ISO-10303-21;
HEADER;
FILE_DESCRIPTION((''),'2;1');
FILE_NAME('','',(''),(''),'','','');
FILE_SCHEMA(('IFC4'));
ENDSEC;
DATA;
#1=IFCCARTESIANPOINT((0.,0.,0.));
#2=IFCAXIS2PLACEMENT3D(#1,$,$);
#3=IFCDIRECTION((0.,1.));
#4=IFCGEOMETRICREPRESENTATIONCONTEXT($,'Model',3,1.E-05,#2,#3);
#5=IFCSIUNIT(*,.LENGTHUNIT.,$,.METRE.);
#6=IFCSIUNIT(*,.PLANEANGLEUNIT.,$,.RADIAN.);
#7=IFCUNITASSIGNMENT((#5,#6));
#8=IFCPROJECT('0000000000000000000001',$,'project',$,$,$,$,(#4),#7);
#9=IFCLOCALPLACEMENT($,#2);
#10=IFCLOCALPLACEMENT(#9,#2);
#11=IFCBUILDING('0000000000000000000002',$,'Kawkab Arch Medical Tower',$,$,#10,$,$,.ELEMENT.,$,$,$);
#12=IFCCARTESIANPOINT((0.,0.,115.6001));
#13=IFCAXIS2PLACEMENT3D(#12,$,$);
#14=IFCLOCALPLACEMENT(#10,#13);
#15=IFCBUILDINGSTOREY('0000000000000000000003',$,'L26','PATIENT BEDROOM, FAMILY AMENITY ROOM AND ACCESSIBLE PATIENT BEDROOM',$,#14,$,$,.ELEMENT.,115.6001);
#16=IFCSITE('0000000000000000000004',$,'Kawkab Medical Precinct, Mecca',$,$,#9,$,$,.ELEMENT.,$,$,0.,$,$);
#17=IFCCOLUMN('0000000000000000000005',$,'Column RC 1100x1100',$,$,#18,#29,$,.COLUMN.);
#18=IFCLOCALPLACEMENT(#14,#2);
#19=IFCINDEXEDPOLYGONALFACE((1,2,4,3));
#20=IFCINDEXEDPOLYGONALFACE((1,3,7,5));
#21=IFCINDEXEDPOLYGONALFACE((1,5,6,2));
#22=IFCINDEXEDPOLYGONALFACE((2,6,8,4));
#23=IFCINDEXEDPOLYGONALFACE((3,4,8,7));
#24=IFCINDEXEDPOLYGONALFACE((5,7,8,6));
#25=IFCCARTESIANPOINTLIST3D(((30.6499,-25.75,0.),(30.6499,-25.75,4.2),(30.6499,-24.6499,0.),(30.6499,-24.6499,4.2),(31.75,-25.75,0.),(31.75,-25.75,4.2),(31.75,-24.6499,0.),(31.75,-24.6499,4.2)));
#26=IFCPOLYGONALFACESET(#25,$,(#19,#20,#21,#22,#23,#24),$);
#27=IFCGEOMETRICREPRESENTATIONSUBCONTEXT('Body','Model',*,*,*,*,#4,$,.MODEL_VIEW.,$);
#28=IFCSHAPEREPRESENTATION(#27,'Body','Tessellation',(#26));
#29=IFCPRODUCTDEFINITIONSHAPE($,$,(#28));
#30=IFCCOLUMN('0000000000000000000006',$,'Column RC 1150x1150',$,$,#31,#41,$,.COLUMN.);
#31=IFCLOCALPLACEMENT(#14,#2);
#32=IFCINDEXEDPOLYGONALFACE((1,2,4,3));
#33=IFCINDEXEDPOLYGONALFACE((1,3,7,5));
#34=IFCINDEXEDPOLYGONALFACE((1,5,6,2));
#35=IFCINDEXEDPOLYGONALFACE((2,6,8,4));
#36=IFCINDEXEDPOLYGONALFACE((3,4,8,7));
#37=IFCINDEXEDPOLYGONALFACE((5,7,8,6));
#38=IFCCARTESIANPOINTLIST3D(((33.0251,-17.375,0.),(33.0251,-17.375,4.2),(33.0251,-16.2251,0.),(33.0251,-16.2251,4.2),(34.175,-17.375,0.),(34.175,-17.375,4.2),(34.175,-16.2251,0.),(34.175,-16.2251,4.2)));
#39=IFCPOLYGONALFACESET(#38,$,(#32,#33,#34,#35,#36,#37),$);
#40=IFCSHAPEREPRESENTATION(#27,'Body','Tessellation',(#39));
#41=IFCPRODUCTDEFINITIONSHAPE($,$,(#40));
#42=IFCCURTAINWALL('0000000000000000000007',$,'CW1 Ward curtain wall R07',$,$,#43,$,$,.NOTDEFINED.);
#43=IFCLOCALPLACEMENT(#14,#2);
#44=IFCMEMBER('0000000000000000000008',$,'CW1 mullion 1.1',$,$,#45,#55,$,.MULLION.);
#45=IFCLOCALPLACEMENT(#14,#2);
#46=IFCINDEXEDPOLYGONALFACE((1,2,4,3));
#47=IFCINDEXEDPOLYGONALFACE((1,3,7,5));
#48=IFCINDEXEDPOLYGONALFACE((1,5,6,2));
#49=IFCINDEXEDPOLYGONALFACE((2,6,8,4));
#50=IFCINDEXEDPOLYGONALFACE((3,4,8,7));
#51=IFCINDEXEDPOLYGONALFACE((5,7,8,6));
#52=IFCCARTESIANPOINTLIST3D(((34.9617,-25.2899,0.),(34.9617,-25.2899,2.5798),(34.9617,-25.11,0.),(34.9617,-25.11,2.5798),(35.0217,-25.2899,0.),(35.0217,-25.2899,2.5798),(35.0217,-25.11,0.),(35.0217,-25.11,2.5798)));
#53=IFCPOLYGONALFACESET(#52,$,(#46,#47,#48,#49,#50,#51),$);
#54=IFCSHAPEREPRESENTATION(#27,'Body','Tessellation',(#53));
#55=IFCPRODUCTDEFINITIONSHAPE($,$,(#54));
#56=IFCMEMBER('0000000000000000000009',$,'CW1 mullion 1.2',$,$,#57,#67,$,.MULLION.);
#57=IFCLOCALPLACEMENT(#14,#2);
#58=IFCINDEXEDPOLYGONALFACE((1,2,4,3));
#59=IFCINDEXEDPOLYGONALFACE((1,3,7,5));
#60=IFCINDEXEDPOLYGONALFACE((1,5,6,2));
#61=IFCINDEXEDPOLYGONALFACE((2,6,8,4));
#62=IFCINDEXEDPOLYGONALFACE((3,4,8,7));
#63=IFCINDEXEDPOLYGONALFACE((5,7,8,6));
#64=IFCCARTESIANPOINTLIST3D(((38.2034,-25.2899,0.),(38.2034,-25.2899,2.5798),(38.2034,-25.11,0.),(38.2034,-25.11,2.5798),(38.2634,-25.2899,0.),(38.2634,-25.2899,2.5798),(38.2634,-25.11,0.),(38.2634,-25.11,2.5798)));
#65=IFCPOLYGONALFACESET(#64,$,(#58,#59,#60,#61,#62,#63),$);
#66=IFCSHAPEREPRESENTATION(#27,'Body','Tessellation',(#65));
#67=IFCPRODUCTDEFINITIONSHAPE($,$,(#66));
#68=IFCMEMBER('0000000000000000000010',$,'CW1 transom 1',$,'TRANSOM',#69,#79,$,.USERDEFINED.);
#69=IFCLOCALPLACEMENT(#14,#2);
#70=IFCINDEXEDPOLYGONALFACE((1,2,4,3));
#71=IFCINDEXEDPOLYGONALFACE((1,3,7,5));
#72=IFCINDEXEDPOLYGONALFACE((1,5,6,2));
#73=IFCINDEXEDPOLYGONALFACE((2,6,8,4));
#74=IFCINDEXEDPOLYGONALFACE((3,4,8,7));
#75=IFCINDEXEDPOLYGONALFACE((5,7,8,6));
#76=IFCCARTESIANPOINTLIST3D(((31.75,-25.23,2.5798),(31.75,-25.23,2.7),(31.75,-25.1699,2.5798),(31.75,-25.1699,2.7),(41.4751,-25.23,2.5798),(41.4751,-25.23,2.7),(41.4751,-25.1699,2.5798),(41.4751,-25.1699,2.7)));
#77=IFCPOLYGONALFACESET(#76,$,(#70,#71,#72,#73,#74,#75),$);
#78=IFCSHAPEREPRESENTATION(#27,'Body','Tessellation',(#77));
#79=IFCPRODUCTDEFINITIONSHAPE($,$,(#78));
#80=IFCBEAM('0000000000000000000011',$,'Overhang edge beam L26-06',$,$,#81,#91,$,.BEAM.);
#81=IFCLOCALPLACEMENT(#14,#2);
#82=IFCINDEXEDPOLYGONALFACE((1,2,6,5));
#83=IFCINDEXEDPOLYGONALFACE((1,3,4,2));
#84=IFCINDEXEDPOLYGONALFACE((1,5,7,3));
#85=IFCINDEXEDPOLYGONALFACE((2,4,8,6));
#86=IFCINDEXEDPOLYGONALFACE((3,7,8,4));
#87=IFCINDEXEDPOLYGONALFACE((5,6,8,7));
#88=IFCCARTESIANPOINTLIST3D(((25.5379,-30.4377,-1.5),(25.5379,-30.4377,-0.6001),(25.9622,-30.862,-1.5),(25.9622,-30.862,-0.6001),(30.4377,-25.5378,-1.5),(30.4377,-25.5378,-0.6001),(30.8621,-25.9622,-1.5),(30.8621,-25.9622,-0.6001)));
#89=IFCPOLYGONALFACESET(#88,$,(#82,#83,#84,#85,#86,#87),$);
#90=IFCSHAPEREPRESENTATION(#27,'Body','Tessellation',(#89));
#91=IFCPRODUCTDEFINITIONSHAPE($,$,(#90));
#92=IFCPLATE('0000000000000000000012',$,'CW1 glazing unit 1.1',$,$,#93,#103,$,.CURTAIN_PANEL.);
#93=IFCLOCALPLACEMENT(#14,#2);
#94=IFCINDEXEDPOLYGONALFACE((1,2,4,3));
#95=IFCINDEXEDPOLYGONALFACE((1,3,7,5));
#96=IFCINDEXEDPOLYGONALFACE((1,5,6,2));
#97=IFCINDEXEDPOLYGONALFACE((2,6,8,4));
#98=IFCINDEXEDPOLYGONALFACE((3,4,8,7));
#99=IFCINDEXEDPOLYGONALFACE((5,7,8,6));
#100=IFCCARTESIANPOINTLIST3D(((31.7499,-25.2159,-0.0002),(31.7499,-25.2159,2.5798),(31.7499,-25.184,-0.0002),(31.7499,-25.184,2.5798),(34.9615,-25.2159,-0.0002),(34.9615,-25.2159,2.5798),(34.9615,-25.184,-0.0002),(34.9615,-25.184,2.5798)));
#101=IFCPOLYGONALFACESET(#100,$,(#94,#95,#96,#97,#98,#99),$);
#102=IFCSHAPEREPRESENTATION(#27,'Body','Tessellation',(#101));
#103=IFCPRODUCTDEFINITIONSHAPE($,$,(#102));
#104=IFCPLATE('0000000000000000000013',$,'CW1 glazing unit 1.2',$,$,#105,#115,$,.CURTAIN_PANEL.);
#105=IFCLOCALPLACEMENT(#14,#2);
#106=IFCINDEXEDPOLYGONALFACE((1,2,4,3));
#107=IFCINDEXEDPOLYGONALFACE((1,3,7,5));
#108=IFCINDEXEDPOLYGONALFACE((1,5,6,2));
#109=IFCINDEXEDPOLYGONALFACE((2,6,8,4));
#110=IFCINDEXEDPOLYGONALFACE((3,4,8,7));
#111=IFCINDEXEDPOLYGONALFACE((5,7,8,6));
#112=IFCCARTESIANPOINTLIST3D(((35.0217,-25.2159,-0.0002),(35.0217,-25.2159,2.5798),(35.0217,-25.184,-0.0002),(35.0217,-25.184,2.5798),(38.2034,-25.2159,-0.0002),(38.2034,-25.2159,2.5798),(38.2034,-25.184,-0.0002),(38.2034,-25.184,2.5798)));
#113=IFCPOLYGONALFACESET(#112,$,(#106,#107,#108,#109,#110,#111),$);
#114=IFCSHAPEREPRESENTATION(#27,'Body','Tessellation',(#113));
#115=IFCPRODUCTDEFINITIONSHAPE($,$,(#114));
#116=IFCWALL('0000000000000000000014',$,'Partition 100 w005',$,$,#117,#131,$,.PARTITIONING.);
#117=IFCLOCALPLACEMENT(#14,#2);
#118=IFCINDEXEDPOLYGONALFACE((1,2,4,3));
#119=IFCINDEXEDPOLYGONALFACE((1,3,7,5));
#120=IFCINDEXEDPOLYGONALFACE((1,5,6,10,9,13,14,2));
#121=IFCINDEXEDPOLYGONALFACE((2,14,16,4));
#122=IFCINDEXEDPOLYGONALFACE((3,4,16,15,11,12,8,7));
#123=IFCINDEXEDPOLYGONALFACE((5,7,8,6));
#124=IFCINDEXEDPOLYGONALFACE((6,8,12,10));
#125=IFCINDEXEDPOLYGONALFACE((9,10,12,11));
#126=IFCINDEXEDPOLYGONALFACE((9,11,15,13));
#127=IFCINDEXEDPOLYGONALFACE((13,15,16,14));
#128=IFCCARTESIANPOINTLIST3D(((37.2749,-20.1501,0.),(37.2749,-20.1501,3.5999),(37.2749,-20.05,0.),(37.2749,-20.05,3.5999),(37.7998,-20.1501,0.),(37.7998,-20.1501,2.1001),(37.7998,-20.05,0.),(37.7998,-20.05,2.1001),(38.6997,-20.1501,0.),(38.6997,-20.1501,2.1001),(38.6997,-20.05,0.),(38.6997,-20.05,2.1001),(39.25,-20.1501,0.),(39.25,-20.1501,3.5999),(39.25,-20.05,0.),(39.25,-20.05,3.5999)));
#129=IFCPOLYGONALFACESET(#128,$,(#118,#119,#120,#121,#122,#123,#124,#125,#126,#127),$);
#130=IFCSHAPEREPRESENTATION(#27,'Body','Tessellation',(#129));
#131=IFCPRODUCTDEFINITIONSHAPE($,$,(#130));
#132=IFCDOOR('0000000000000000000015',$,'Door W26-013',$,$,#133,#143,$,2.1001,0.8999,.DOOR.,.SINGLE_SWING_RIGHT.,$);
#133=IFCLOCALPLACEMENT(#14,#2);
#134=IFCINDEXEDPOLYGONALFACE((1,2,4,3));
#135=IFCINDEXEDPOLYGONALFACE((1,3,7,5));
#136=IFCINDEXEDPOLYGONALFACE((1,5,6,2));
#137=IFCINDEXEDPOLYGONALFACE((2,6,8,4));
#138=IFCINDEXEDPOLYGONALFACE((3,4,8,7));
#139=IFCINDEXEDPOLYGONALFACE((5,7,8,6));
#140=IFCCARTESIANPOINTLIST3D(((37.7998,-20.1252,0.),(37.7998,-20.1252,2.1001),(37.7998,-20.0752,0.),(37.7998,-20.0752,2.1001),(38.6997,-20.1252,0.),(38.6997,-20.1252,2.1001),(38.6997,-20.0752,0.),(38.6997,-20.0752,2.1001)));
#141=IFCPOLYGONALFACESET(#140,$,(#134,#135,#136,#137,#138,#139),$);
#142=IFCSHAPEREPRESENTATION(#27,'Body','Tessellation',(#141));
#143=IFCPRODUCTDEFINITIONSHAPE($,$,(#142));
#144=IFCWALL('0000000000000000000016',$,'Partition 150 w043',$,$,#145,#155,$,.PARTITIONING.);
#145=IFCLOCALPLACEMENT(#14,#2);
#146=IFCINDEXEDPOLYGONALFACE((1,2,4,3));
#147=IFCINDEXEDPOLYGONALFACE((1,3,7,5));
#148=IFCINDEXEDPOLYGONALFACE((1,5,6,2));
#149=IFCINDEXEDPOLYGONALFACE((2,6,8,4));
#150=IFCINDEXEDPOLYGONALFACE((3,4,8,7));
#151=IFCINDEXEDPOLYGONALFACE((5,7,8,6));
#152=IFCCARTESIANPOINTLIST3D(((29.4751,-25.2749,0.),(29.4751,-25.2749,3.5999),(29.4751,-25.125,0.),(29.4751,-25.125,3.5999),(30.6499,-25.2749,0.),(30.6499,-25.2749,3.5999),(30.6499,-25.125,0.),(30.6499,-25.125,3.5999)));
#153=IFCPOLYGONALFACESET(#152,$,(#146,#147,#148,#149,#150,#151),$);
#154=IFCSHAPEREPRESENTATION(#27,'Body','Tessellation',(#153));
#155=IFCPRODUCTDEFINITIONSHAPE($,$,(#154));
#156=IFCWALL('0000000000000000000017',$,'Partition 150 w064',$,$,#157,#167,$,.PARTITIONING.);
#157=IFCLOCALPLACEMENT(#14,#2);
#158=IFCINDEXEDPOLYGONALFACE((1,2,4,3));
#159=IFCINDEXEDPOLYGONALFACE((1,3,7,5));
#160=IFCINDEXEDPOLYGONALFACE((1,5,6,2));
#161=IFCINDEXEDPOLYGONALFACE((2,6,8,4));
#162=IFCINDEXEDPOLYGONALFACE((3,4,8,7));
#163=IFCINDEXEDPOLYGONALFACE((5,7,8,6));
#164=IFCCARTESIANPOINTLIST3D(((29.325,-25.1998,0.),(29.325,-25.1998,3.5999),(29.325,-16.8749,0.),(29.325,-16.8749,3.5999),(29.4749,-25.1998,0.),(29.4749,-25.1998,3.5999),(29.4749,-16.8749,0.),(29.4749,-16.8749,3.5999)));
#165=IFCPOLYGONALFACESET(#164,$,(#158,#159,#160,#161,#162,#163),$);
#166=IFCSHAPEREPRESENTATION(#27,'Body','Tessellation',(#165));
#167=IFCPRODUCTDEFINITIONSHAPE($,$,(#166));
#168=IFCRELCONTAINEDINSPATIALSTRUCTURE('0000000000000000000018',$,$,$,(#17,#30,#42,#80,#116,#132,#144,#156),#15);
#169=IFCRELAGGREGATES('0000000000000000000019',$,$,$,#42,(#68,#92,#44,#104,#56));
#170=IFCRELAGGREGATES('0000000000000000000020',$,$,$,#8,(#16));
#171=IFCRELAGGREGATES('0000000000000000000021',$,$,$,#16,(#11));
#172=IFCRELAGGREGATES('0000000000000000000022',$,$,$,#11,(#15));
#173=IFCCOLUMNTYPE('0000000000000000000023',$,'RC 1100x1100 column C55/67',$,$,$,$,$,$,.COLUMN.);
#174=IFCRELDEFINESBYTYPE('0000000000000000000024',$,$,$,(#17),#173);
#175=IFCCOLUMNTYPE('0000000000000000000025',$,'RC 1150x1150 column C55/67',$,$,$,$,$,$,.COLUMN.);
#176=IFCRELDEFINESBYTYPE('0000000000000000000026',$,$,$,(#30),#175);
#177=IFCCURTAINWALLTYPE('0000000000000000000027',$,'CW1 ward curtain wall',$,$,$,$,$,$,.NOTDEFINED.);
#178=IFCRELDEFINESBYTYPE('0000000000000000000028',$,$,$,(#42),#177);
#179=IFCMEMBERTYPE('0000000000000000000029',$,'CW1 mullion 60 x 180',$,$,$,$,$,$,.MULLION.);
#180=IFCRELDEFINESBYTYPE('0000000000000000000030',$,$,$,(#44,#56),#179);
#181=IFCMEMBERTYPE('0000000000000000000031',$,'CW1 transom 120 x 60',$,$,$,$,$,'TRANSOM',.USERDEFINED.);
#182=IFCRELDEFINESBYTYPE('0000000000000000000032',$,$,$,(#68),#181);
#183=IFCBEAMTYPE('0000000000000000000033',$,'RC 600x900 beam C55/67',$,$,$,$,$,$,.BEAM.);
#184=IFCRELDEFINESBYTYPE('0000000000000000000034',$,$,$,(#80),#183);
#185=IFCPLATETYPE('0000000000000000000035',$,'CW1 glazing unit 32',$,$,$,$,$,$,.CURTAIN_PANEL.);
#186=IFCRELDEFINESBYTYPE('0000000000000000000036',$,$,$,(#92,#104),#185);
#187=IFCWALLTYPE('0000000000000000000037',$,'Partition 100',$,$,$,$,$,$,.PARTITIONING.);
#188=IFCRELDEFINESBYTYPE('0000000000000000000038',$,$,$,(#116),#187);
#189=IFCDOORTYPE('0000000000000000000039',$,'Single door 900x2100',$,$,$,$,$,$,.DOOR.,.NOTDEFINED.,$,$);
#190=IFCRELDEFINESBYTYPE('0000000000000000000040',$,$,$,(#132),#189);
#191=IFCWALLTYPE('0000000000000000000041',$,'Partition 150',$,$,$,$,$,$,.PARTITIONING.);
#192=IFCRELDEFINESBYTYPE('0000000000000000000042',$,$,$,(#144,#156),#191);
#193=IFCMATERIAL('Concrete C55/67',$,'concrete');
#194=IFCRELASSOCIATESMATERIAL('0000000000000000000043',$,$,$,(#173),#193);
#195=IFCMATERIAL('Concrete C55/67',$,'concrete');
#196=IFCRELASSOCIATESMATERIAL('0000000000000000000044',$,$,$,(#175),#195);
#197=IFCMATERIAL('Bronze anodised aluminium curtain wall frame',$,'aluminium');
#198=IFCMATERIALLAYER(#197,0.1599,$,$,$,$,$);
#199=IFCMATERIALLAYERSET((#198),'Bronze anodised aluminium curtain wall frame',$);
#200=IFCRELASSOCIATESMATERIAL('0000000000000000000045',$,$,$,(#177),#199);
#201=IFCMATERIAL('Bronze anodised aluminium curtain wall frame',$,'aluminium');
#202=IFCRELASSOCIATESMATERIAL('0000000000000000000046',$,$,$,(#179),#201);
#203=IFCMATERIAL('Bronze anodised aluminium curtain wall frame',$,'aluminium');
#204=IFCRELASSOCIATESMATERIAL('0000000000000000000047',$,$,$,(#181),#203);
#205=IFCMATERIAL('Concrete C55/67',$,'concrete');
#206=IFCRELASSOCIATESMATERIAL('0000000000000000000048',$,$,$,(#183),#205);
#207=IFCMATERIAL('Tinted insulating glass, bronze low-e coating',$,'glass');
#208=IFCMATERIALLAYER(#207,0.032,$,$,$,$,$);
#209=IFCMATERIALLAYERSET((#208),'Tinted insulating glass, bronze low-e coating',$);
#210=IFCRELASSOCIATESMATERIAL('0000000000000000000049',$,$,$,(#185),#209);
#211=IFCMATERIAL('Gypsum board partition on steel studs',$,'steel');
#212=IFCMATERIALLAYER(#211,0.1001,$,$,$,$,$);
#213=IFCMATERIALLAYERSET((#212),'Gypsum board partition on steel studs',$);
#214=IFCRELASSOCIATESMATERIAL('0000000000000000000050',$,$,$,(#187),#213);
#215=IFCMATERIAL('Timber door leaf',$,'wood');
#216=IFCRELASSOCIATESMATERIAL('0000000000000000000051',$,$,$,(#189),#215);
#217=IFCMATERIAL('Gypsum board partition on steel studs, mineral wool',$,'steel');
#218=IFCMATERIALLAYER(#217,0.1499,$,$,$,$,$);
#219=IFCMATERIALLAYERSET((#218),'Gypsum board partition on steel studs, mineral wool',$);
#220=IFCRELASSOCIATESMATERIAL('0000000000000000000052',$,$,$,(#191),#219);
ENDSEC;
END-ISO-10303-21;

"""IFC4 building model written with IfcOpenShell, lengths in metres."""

from ifc_helpers import new_model, si_unit, direction, frame, frame_2d, origin, origin_2d, place, context, subcontext, project, spatial, rectangle, extrude, material, layer, layer_set, material_profile, profile_set, type_object, element, fill, aggregate, save


model = new_model("IFC4")

# Units and contexts
model_context = context("Model", 3, precision=1e-05, world=origin(), true_north=direction((0.0, 1.0)))
body_context = subcontext(model_context, "Body", "Model", "MODEL_VIEW")
ifc_project = project(units=[si_unit("LENGTHUNIT", "METRE"), si_unit("PLANEANGLEUNIT", "RADIAN")], contexts=[model_context])

# Site, building, storey
site_placement = place(None, origin())
site = spatial("IfcSite", under=ifc_project, at=site_placement, Name="Kawkab Medical Precinct, Mecca", CompositionType="ELEMENT", RefElevation=0.0)
building_placement = place(site_placement, origin())
building = spatial("IfcBuilding", under=site, at=building_placement, Name="Kawkab Arch Medical Tower", CompositionType="ELEMENT")
storey_placement = place(building_placement, frame((0.0, 0.0, 115.6001)))
storey = spatial("IfcBuildingStorey", under=building, at=storey_placement, Name="L26", Description="PATIENT BEDROOM, FAMILY AMENITY ROOM AND ACCESSIBLE PATIENT BEDROOM", CompositionType="ELEMENT", Elevation=115.6001)

# Columns
ifc_material_1 = material(Name="Concrete C55/67", Category="concrete")
ifc_material_profile_1 = material_profile(ifc_material_1, rectangle(XDim=1.1001, YDim=1.1001, at=origin_2d()), Name="RC 1100x1100")
ifc_profile_set_1 = profile_set([ifc_material_profile_1], Name="Concrete C55/67")
column_type_1 = type_object("IfcColumnType", Name="RC 1100x1100 column C55/67", PredefinedType="COLUMN", material=ifc_profile_set_1)
column_1_placement = place(storey_placement, frame((31.2, -25.2, 0.0), z_axis=(0.0, 0.0, 1.0), x_axis=(1.0, 0.0, 0.0)))
element("IfcColumn", 1, at=column_1_placement, inside=storey, type_object=column_type_1, Name="Column RC 1100x1100", PredefinedType="COLUMN", context=body_context, shape_type="SweptSolid", body=[
    extrude(rectangle(XDim=1.1001, YDim=1.1001, at=origin_2d()), origin(), (0.0, 0.0, 1.0), 4.2),
])
ifc_material_2 = material(Name="Concrete C55/67", Category="concrete")
ifc_material_profile_2 = material_profile(ifc_material_2, rectangle(XDim=1.1499, YDim=1.1499, at=origin_2d()), Name="RC 1150x1150")
ifc_profile_set_2 = profile_set([ifc_material_profile_2], Name="Concrete C55/67")
column_type_2 = type_object("IfcColumnType", Name="RC 1150x1150 column C55/67", PredefinedType="COLUMN", material=ifc_profile_set_2)
column_2_placement = place(storey_placement, frame((33.6001, -16.8, 0.0), z_axis=(0.0, 0.0, 1.0), x_axis=(1.0, 0.0, 0.0)))
element("IfcColumn", 2, at=column_2_placement, inside=storey, type_object=column_type_2, Name="Column RC 1150x1150", PredefinedType="COLUMN", context=body_context, shape_type="SweptSolid", body=[
    extrude(rectangle(XDim=1.1499, YDim=1.1499, at=origin_2d()), origin(), (0.0, 0.0, 1.0), 4.2),
])

# Curtain wall, members
ifc_material_3 = material(Name="Bronze anodised aluminium curtain wall frame", Category="aluminium")
ifc_layer_1 = layer(ifc_material_3, 0.1599)
ifc_layer_set_1 = layer_set([ifc_layer_1], Name="Bronze anodised aluminium curtain wall frame")
curtain_wall_type = type_object("IfcCurtainWallType", Name="CW1 ward curtain wall", PredefinedType="NOTDEFINED", material=ifc_layer_set_1)
curtain_wall_placement = place(storey_placement, origin())
curtain_wall = element("IfcCurtainWall", 3, at=curtain_wall_placement, inside=storey, type_object=curtain_wall_type, Name="CW1 Ward curtain wall R07", PredefinedType="NOTDEFINED")
ifc_material_4 = material(Name="Bronze anodised aluminium curtain wall frame", Category="aluminium")
ifc_material_profile_3 = material_profile(ifc_material_4, rectangle(XDim=0.1799, YDim=0.0601, at=origin_2d()), Name="AL 60x180")
ifc_profile_set_3 = profile_set([ifc_material_profile_3], Name="Bronze anodised aluminium curtain wall frame")
member_type_1 = type_object("IfcMemberType", Name="CW1 mullion 60 x 180", PredefinedType="MULLION", material=ifc_profile_set_3)
member_1_placement = place(storey_placement, frame((34.9917, -25.2, 0.0), z_axis=(0.0, 0.0, 1.0), x_axis=(0.0, 1.0, 0.0)))
member_1 = element("IfcMember", 4, at=member_1_placement, type_object=member_type_1, Name="CW1 mullion 1.1", PredefinedType="MULLION", context=body_context, shape_type="SweptSolid", body=[
    extrude(rectangle(XDim=0.1799, YDim=0.0601, at=origin_2d()), origin(), (0.0, 0.0, 1.0), 2.5798),
])
member_2_placement = place(storey_placement, frame((38.2334, -25.2, 0.0), z_axis=(0.0, 0.0, 1.0), x_axis=(0.0, 1.0, 0.0)))
member_2 = element("IfcMember", 5, at=member_2_placement, type_object=member_type_1, Name="CW1 mullion 1.2", PredefinedType="MULLION", context=body_context, shape_type="SweptSolid", body=[
    extrude(rectangle(XDim=0.1799, YDim=0.0601, at=origin_2d()), origin(), (0.0, 0.0, 1.0), 2.5798),
])
ifc_material_5 = material(Name="Bronze anodised aluminium curtain wall frame", Category="aluminium")
ifc_material_profile_4 = material_profile(ifc_material_5, rectangle(XDim=0.0601, YDim=0.1201, at=origin_2d()), Name="AL 60x120")
ifc_profile_set_4 = profile_set([ifc_material_profile_4], Name="Bronze anodised aluminium curtain wall frame")
member_type_2 = type_object("IfcMemberType", Name="CW1 transom 120 x 60", ElementType="TRANSOM", PredefinedType="USERDEFINED", material=ifc_profile_set_4)
member_3_placement = place(storey_placement, frame((31.75, -25.2, 2.6399), z_axis=(1.0, 0.0, 0.0), x_axis=(0.0, 1.0, 0.0)))
member_3 = element("IfcMember", 6, at=member_3_placement, type_object=member_type_2, Name="CW1 transom 1", ObjectType="TRANSOM", PredefinedType="USERDEFINED", context=body_context, shape_type="SweptSolid", body=[
    extrude(rectangle(XDim=0.0601, YDim=0.1201, at=origin_2d()), origin(), (0.0, 0.0, 1.0), 9.7251),
])

# Beam
ifc_material_6 = material(Name="Concrete C55/67", Category="concrete")
ifc_material_profile_5 = material_profile(ifc_material_6, rectangle(XDim=0.6001, YDim=0.8999, at=origin_2d()), Name="RC 600x900")
ifc_profile_set_5 = profile_set([ifc_material_profile_5], Name="Concrete C55/67")
beam_type = type_object("IfcBeamType", Name="RC 600x900 beam C55/67", PredefinedType="BEAM", material=ifc_profile_set_5)
beam_placement = place(storey_placement, frame((30.6499, -25.75, -1.05), z_axis=(-0.707107, -0.707107, 0.0), x_axis=(0.707107, -0.707107, 0.0)))
element("IfcBeam", 7, at=beam_placement, inside=storey, type_object=beam_type, Name="Overhang edge beam L26-06", PredefinedType="BEAM", context=body_context, shape_type="SweptSolid", body=[
    extrude(rectangle(XDim=0.6001, YDim=0.8999, at=origin_2d()), origin(), (0.0, 0.0, 1.0), 6.9294),
])

# Plates
ifc_material_7 = material(Name="Tinted insulating glass, bronze low-e coating", Category="glass")
ifc_layer_2 = layer(ifc_material_7, 0.032)
ifc_layer_set_2 = layer_set([ifc_layer_2], Name="Tinted insulating glass, bronze low-e coating")
plate_type = type_object("IfcPlateType", Name="CW1 glazing unit 32", PredefinedType="CURTAIN_PANEL", material=ifc_layer_set_2)
plate_1_placement = place(storey_placement, frame((33.3557, -25.2, -0.0002), z_axis=(0.0, 0.0, 1.0), x_axis=(1.0, 0.0, 0.0)))
plate_1 = element("IfcPlate", 8, at=plate_1_placement, type_object=plate_type, Name="CW1 glazing unit 1.1", PredefinedType="CURTAIN_PANEL", context=body_context, shape_type="SweptSolid", body=[
    extrude(rectangle(XDim=3.2117, YDim=0.032, at=origin_2d()), origin(), (0.0, 0.0, 1.0), 2.5801),
])
plate_2_placement = place(storey_placement, frame((36.6125, -25.2, -0.0002), z_axis=(0.0, 0.0, 1.0), x_axis=(1.0, 0.0, 0.0)))
plate_2 = element("IfcPlate", 9, at=plate_2_placement, type_object=plate_type, Name="CW1 glazing unit 1.2", PredefinedType="CURTAIN_PANEL", context=body_context, shape_type="SweptSolid", body=[
    extrude(rectangle(XDim=3.1816, YDim=0.032, at=origin_2d()), origin(), (0.0, 0.0, 1.0), 2.5801),
])
aggregate(curtain_wall, [member_3, plate_1, member_1, plate_2, member_2])

# Wall, opening, door
ifc_material_8 = material(Name="Gypsum board partition on steel studs", Category="steel")
ifc_layer_3 = layer(ifc_material_8, 0.1001)
ifc_layer_set_3 = layer_set([ifc_layer_3], Name="Gypsum board partition on steel studs")
wall_type_1 = type_object("IfcWallType", Name="Partition 100", PredefinedType="PARTITIONING", material=ifc_layer_set_3)
wall_1_placement = place(storey_placement, frame((37.2749, -20.1001, 0.0), z_axis=(0.0, 0.0, 1.0), x_axis=(1.0, 0.0, 0.0)))
wall_1 = element("IfcWall", 10, at=wall_1_placement, inside=storey, type_object=wall_type_1, Name="Partition 100 w005", PredefinedType="PARTITIONING", context=body_context, shape_type="SweptSolid", body=[
    extrude(rectangle(XDim=1.9751, YDim=0.1001, at=frame_2d((0.9875, 0.0))), origin(), (0.0, 0.0, 1.0), 3.5999),
])
opening_1_placement = place(wall_1_placement, frame((0.5249, 0.0, 0.0)))
opening_1 = element("IfcOpeningElement", 11, at=opening_1_placement, cuts=wall_1, PredefinedType="OPENING", context=body_context, shape_type="SweptSolid", body=[
    extrude(rectangle(XDim=0.8999, YDim=2.1001, at=frame_2d((0.45, 1.05))), frame((0.0, 0.0601, 0.0), z_axis=(0.0, -1.0, 0.0), x_axis=(1.0, 0.0, 0.0)), (0.0, 0.0, 1.0), 0.1201),
])
ifc_material_9 = material(Name="Timber door leaf", Category="wood")
door_type_1 = type_object("IfcDoorType", Name="Single door 900x2100", OperationType="NOTDEFINED", PredefinedType="DOOR", material=ifc_material_9)
door_1_placement = place(opening_1_placement, origin())
door_1 = element("IfcDoor", 12, at=door_1_placement, inside=storey, type_object=door_type_1, Name="Door W26-013", OperationType="SINGLE_SWING_RIGHT", OverallHeight=2.1001, OverallWidth=0.8999, PredefinedType="DOOR", context=body_context, shape_type="SweptSolid", body=[
    extrude(rectangle(XDim=0.8999, YDim=2.1001, at=frame_2d((0.45, 1.05))), frame((0.0, 0.0249, 0.0), z_axis=(0.0, -1.0, 0.0), x_axis=(1.0, 0.0, 0.0)), (0.0, 0.0, 1.0), 0.05),
])
fill(opening_1, door_1)

# Wall
ifc_material_10 = material(Name="Gypsum board partition on steel studs, mineral wool", Category="steel")
ifc_layer_4 = layer(ifc_material_10, 0.1499)
ifc_layer_set_4 = layer_set([ifc_layer_4], Name="Gypsum board partition on steel studs, mineral wool")
wall_type_2 = type_object("IfcWallType", Name="Partition 150", PredefinedType="PARTITIONING", material=ifc_layer_set_4)
wall_2_placement = place(storey_placement, frame((29.4751, -25.2, 0.0), z_axis=(0.0, 0.0, 1.0), x_axis=(1.0, 0.0, 0.0)))
element("IfcWall", 13, at=wall_2_placement, inside=storey, type_object=wall_type_2, Name="Partition 150 w043", PredefinedType="PARTITIONING", context=body_context, shape_type="SweptSolid", body=[
    extrude(rectangle(XDim=1.1748, YDim=0.1499, at=frame_2d((0.5874, 0.0))), origin(), (0.0, 0.0, 1.0), 3.5999),
])

# Wall
wall_3_placement = place(storey_placement, frame((29.3999, -25.2, 0.0), z_axis=(0.0, 0.0, 1.0), x_axis=(0.0, 1.0, 0.0)))
element("IfcWall", 14, at=wall_3_placement, inside=storey, type_object=wall_type_2, Name="Partition 150 w064", PredefinedType="PARTITIONING", context=body_context, shape_type="SweptSolid", body=[
    extrude(rectangle(XDim=8.325, YDim=0.1499, at=frame_2d((4.1626, 0.0))), origin(), (0.0, 0.0, 1.0), 3.5999),
])

save(model, "model.ifc")
